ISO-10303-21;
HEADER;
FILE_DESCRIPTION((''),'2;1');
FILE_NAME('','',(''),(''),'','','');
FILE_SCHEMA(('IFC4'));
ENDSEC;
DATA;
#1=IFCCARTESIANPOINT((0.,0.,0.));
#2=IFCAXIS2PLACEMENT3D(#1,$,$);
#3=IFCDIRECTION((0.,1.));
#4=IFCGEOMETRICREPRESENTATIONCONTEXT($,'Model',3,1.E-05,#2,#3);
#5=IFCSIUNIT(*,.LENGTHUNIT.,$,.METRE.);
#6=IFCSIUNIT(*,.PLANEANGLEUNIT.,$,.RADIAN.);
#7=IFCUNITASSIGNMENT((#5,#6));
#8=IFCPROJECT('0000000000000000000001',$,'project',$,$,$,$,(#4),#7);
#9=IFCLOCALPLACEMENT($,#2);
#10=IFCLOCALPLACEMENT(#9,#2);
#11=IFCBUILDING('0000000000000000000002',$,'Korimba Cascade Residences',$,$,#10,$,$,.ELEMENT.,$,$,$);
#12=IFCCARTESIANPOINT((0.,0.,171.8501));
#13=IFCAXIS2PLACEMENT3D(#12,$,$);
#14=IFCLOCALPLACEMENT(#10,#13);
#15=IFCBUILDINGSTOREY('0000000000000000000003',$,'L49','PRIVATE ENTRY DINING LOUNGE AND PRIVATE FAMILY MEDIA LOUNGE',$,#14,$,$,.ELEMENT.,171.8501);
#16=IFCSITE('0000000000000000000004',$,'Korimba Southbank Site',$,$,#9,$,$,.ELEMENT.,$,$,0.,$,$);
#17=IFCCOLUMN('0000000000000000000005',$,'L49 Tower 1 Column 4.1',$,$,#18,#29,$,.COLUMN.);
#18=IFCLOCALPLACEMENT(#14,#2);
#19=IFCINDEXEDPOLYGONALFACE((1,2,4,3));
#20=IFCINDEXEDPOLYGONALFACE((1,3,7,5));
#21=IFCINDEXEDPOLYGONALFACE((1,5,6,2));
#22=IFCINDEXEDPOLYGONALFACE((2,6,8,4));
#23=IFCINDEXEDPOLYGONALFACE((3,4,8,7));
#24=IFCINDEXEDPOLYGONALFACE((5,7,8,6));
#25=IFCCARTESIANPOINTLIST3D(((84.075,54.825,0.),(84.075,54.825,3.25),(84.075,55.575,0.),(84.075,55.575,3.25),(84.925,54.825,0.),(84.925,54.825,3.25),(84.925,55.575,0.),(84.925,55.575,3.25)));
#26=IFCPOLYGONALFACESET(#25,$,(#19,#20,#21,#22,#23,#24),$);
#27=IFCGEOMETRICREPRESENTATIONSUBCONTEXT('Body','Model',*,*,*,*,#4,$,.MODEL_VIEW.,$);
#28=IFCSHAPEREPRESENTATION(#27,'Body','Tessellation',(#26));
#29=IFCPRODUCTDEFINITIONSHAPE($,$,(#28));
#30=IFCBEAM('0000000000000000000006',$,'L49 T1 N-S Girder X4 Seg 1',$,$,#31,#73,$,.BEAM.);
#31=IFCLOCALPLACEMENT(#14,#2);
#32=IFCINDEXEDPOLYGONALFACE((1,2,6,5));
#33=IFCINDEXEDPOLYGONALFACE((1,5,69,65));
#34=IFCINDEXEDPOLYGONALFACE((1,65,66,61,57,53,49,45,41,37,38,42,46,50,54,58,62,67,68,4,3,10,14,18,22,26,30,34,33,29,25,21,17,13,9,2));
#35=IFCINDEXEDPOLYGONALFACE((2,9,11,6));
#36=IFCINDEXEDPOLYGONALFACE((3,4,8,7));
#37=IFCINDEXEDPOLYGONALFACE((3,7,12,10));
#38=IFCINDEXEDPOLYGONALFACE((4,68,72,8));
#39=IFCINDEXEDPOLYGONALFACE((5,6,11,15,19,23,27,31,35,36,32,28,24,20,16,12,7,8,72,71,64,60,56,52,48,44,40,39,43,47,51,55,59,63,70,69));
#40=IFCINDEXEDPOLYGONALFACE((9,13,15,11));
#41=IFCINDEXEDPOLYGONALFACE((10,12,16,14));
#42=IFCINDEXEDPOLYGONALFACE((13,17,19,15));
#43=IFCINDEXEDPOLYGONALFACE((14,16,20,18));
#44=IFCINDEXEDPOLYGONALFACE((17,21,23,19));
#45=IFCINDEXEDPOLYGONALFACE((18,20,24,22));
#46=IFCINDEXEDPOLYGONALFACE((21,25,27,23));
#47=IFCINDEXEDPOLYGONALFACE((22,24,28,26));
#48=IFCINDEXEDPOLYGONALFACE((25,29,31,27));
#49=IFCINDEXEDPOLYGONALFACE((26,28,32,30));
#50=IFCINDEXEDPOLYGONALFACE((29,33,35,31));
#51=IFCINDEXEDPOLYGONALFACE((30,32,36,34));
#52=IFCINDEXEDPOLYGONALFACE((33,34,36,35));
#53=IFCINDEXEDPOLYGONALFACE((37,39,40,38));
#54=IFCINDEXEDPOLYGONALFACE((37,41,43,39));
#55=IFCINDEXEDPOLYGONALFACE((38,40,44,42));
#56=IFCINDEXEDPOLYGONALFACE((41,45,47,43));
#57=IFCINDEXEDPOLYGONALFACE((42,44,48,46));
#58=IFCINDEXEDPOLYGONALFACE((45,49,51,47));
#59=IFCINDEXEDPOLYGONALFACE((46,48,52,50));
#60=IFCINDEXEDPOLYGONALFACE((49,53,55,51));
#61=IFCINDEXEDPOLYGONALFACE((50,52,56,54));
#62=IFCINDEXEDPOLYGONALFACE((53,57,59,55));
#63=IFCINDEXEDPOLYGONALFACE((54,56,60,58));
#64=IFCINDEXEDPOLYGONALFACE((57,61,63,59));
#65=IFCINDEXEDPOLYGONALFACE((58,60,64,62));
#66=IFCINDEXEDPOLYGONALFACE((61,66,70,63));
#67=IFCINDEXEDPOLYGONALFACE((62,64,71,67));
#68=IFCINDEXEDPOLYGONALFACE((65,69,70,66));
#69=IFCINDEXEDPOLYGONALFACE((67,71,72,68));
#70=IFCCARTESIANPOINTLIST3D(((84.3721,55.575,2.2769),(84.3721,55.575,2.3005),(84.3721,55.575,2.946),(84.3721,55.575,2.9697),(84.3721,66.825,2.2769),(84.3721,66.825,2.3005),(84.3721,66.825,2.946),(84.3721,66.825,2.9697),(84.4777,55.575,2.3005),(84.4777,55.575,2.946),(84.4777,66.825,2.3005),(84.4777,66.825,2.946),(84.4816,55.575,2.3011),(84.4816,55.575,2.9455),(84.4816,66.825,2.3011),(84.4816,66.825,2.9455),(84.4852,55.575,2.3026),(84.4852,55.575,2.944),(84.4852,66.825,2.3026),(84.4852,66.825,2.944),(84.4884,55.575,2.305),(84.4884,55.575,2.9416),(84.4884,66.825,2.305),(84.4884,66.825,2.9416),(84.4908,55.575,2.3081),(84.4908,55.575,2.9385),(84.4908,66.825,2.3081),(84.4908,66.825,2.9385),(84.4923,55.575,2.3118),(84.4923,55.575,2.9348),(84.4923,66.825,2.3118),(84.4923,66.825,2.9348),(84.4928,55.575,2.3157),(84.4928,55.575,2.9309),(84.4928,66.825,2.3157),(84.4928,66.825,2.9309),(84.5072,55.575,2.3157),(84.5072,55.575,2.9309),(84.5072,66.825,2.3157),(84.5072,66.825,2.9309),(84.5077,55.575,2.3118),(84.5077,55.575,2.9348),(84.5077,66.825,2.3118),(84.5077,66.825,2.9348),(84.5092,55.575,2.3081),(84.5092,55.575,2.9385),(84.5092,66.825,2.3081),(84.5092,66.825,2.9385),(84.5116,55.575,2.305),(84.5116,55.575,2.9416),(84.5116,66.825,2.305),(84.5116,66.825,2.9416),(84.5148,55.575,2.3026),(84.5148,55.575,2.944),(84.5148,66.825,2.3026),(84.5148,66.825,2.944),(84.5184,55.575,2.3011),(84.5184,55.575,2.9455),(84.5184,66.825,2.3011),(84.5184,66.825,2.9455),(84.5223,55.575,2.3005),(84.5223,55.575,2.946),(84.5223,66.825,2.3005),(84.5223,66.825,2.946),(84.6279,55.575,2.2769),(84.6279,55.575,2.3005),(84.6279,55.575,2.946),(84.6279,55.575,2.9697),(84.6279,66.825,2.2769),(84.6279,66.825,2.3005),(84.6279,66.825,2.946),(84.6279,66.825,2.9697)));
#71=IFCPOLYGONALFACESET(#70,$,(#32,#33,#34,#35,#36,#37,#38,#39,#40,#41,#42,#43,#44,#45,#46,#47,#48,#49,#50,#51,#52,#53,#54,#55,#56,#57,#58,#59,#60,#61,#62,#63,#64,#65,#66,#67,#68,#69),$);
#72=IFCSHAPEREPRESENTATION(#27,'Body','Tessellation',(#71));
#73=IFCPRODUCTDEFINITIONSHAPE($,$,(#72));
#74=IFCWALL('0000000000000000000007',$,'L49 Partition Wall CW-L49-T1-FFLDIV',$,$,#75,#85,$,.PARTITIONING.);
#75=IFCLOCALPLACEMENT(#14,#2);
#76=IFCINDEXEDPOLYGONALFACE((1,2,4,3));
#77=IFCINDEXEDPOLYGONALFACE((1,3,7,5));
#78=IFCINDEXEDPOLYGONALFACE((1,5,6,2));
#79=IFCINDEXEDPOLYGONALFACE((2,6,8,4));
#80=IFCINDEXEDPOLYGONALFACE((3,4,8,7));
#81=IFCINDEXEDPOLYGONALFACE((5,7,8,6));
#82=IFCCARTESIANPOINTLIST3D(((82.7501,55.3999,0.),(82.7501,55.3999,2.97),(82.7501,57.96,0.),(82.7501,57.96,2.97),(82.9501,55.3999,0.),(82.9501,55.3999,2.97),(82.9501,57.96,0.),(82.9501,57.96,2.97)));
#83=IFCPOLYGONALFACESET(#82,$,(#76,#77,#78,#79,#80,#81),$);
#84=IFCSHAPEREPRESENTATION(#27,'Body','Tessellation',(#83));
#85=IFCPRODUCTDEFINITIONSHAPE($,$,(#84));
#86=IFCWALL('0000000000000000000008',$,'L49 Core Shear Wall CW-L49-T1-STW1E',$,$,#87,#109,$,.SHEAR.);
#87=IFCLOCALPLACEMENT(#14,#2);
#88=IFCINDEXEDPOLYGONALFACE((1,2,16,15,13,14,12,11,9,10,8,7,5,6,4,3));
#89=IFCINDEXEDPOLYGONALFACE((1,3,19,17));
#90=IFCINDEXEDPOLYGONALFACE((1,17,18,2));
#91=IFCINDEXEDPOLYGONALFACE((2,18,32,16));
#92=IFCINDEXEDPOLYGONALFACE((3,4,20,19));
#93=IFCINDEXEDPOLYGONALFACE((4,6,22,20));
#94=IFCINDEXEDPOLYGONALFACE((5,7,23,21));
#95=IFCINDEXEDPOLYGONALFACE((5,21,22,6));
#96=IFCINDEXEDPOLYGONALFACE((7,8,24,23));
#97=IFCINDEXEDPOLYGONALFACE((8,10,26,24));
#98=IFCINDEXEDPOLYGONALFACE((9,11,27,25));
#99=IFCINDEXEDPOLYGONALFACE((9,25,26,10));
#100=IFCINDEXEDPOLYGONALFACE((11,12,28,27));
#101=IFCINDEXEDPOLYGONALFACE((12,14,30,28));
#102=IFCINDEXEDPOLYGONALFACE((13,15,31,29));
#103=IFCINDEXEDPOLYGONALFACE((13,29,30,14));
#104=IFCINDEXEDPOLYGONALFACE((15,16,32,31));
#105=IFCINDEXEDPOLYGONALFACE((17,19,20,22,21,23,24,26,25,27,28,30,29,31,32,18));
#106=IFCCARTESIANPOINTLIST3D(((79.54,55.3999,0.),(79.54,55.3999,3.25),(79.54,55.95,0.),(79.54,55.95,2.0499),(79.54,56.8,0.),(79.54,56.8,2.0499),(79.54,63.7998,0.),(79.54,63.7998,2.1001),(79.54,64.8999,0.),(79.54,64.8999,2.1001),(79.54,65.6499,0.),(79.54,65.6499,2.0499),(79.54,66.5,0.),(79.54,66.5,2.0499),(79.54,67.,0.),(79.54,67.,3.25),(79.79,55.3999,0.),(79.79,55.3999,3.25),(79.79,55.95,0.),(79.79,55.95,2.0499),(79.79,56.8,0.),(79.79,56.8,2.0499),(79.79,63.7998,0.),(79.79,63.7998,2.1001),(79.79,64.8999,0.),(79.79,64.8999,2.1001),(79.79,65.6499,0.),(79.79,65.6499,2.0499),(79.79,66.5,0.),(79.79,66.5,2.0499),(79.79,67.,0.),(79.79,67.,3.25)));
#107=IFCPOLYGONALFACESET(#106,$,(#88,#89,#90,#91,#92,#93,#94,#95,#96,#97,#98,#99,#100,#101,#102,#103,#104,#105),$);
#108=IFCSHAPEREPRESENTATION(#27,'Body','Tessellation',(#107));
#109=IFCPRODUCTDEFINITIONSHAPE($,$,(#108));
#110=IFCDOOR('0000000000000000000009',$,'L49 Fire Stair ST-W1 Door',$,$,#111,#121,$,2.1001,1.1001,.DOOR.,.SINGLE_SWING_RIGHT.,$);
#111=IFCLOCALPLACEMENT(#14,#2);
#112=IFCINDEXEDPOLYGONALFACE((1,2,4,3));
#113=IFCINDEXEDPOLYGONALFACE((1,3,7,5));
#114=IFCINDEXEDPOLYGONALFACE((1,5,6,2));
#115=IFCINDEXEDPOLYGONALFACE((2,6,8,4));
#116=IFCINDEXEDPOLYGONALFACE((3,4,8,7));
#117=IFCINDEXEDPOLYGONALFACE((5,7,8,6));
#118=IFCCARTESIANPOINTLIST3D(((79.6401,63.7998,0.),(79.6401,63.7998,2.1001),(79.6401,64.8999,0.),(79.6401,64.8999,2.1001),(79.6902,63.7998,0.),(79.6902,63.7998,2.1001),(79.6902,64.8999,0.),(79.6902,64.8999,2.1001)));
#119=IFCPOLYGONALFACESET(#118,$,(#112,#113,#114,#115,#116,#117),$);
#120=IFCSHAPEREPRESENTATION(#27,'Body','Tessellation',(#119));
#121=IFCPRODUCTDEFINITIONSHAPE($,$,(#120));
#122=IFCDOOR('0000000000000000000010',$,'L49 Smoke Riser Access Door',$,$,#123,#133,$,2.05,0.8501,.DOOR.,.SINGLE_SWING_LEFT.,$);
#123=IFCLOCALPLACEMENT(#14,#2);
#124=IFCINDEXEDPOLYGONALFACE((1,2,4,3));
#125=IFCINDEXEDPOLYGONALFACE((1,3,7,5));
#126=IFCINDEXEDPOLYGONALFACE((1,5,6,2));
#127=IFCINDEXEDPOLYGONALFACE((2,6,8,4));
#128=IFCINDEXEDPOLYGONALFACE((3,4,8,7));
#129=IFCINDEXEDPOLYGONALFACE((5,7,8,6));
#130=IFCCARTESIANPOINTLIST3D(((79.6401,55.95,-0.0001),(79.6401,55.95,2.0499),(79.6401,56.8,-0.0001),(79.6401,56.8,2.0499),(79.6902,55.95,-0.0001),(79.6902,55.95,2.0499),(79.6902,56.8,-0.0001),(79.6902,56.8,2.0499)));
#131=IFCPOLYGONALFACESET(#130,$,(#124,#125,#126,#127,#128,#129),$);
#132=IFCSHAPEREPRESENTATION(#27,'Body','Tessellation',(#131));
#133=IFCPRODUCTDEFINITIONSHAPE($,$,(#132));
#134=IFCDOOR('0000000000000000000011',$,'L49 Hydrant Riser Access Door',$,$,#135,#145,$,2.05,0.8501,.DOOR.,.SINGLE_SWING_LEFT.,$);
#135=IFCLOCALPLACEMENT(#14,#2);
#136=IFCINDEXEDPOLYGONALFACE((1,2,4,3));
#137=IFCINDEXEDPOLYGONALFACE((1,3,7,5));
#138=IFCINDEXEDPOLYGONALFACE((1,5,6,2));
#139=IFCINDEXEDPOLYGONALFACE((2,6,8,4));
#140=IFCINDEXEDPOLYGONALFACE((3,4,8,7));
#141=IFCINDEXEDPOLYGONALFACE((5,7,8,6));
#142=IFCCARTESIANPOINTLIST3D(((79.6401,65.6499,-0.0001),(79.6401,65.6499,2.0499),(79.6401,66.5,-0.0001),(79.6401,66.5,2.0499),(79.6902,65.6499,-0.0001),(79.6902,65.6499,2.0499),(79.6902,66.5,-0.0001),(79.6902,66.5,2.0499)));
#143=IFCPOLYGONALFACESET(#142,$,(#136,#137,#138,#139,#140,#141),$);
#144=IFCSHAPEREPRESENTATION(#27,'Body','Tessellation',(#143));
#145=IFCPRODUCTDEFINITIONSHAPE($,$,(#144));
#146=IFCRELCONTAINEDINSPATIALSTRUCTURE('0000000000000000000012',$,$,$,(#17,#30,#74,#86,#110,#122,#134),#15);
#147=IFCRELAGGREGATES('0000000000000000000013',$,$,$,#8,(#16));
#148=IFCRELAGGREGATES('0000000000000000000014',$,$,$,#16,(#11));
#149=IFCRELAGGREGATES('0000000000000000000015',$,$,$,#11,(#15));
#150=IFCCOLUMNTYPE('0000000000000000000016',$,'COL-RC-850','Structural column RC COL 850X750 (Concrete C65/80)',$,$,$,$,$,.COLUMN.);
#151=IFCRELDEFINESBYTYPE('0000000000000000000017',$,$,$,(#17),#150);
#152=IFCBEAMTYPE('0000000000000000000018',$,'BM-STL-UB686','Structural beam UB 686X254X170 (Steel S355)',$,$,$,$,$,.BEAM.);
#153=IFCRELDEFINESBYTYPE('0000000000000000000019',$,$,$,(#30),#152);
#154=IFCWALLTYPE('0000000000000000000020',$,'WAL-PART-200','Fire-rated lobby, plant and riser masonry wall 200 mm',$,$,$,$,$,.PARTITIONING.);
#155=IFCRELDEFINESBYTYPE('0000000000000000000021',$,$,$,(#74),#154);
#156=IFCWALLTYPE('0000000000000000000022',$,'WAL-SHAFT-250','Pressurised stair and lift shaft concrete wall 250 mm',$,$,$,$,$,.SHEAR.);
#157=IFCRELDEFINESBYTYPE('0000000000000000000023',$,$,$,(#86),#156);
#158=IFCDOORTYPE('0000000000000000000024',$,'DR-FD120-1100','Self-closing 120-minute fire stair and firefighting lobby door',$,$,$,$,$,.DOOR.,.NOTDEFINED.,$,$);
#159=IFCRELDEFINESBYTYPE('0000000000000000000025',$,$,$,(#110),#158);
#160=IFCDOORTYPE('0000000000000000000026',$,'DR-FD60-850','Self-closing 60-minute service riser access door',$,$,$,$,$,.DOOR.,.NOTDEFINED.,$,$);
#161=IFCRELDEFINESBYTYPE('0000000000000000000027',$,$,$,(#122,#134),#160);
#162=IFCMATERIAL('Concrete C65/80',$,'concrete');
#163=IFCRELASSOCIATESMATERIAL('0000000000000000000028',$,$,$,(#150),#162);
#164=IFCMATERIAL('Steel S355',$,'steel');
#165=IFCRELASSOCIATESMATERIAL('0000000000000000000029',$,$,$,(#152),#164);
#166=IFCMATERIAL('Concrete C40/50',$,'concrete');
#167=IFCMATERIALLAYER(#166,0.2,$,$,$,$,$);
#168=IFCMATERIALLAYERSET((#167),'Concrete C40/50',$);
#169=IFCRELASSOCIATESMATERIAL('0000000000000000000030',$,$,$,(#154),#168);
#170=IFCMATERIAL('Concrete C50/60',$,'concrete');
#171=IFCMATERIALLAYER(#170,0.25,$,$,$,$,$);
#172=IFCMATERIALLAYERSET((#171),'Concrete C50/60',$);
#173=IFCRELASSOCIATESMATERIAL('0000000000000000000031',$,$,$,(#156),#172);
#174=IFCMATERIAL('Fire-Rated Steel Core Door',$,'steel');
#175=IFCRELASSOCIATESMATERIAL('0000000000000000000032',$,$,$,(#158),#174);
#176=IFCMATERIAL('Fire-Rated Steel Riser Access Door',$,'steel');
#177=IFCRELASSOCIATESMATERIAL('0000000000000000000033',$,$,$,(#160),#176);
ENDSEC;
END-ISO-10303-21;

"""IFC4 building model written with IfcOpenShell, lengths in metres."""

from ifc_helpers import new_model, si_unit, direction, frame, frame_2d, origin, origin_2d, place, context, subcontext, project, spatial, rectangle, i_section, extrude, material, layer, layer_set, material_profile, profile_set, type_object, element, fill, save


model = new_model("IFC4")

# Units and contexts
model_context = context("Model", 3, precision=1e-05, world=origin(), true_north=direction((0.0, 1.0)))
body_context = subcontext(model_context, "Body", "Model", "MODEL_VIEW")
ifc_project = project(units=[si_unit("LENGTHUNIT", "METRE"), si_unit("PLANEANGLEUNIT", "RADIAN")], contexts=[model_context])

# Site, building, storey
site_placement = place(None, origin())
site = spatial("IfcSite", under=ifc_project, at=site_placement, Name="Korimba Southbank Site", CompositionType="ELEMENT", RefElevation=0.0)
building_placement = place(site_placement, origin())
building = spatial("IfcBuilding", under=site, at=building_placement, Name="Korimba Cascade Residences", CompositionType="ELEMENT")
storey_placement = place(building_placement, frame((0.0, 0.0, 171.8501)))
storey = spatial("IfcBuildingStorey", under=building, at=storey_placement, Name="L49", Description="PRIVATE ENTRY DINING LOUNGE AND PRIVATE FAMILY MEDIA LOUNGE", CompositionType="ELEMENT", Elevation=171.8501)

# Column
ifc_material_1 = material(Name="Concrete C65/80", Category="concrete")
ifc_material_profile_1 = material_profile(ifc_material_1, rectangle(XDim=0.8501, YDim=0.75, at=origin_2d()), Name="Concrete C65/80")
ifc_profile_set_1 = profile_set([ifc_material_profile_1], Name="Concrete C65/80")
column_type = type_object("IfcColumnType", Name="COL-RC-850", Description="Structural column RC COL 850X750 (Concrete C65/80)", PredefinedType="COLUMN", material=ifc_profile_set_1)
column_placement = place(storey_placement, frame((84.5, 55.2, 0.0), z_axis=(0.0, 0.0, 1.0), x_axis=(1.0, 0.0, 0.0)))
element("IfcColumn", 1, at=column_placement, inside=storey, type_object=column_type, Name="L49 Tower 1 Column 4.1", PredefinedType="COLUMN", context=body_context, shape_type="SweptSolid", body=[
    extrude(rectangle(XDim=0.8501, YDim=0.75, at=origin_2d()), origin(), (0.0, 0.0, 1.0), 3.25),
])

# Beam
ifc_material_2 = material(Name="Steel S355", Category="steel")
ifc_material_profile_2 = material_profile(ifc_material_2, i_section(OverallWidth=0.2559, OverallDepth=0.6929, WebThickness=0.0144, FlangeThickness=0.0237, FilletRadius=0.0151, at=origin_2d()), Name="Steel S355")
ifc_profile_set_2 = profile_set([ifc_material_profile_2], Name="Steel S355")
beam_type = type_object("IfcBeamType", Name="BM-STL-UB686", Description="Structural beam UB 686X254X170 (Steel S355)", PredefinedType="BEAM", material=ifc_profile_set_2)
beam_placement = place(storey_placement, frame((84.5, 55.575, 2.6233), z_axis=(0.0, 1.0, 0.0), x_axis=(-1.0, 0.0, 0.0)))
element("IfcBeam", 2, at=beam_placement, inside=storey, type_object=beam_type, Name="L49 T1 N-S Girder X4 Seg 1", PredefinedType="BEAM", context=body_context, shape_type="SweptSolid", body=[
    extrude(i_section(OverallWidth=0.2559, OverallDepth=0.6929, WebThickness=0.0144, FlangeThickness=0.0237, FilletRadius=0.0151, at=origin_2d()), origin(), (0.0, 0.0, 1.0), 11.25),
])

# Wall
ifc_material_3 = material(Name="Concrete C40/50", Category="concrete")
ifc_layer_1 = layer(ifc_material_3, 0.2)
ifc_layer_set_1 = layer_set([ifc_layer_1], Name="Concrete C40/50")
wall_type_1 = type_object("IfcWallType", Name="WAL-PART-200", Description="Fire-rated lobby, plant and riser masonry wall 200 mm", PredefinedType="PARTITIONING", material=ifc_layer_set_1)
wall_1_placement = place(storey_placement, frame((82.8501, 55.3999, 0.0), z_axis=(0.0, 0.0, 1.0), x_axis=(0.0, 1.0, 0.0)))
element("IfcWall", 3, at=wall_1_placement, inside=storey, type_object=wall_type_1, Name="L49 Partition Wall CW-L49-T1-FFLDIV", PredefinedType="PARTITIONING", context=body_context, shape_type="SweptSolid", body=[
    extrude(rectangle(XDim=2.5601, YDim=0.2, at=frame_2d((1.28, 0.0))), origin(), (0.0, 0.0, 1.0), 2.97),
])

# Wall, openings, doors
ifc_material_4 = material(Name="Concrete C50/60", Category="concrete")
ifc_layer_2 = layer(ifc_material_4, 0.25)
ifc_layer_set_2 = layer_set([ifc_layer_2], Name="Concrete C50/60")
wall_type_2 = type_object("IfcWallType", Name="WAL-SHAFT-250", Description="Pressurised stair and lift shaft concrete wall 250 mm", PredefinedType="SHEAR", material=ifc_layer_set_2)
wall_2_placement = place(storey_placement, frame((79.665, 55.3999, 0.0), z_axis=(0.0, 0.0, 1.0), x_axis=(0.0, 1.0, 0.0)))
wall_2 = element("IfcWall", 4, at=wall_2_placement, inside=storey, type_object=wall_type_2, Name="L49 Core Shear Wall CW-L49-T1-STW1E", PredefinedType="SHEAR", context=body_context, shape_type="SweptSolid", body=[
    extrude(rectangle(XDim=11.6001, YDim=0.25, at=frame_2d((5.8, 0.0))), origin(), (0.0, 0.0, 1.0), 3.25),
])
opening_1_placement = place(wall_2_placement, frame((0.55, 0.0, 0.0)))
opening_1 = element("IfcOpeningElement", 5, at=opening_1_placement, cuts=wall_2, PredefinedType="OPENING", context=body_context, shape_type="SweptSolid", body=[
    extrude(rectangle(XDim=0.8501, YDim=2.05, at=frame_2d((0.425, 1.0249))), frame((0.0, 0.135, 0.0), z_axis=(0.0, -1.0, 0.0), x_axis=(1.0, 0.0, 0.0)), (0.0, 0.0, 1.0), 0.27),
])
opening_2_placement = place(wall_2_placement, frame((8.3999, 0.0, 0.0)))
opening_2 = element("IfcOpeningElement", 6, at=opening_2_placement, cuts=wall_2, PredefinedType="OPENING", context=body_context, shape_type="SweptSolid", body=[
    extrude(rectangle(XDim=1.1001, YDim=2.1001, at=frame_2d((0.55, 1.05))), frame((0.0, 0.135, 0.0), z_axis=(0.0, -1.0, 0.0), x_axis=(1.0, 0.0, 0.0)), (0.0, 0.0, 1.0), 0.27),
])
opening_3_placement = place(wall_2_placement, frame((10.25, 0.0, 0.0)))
opening_3 = element("IfcOpeningElement", 7, at=opening_3_placement, cuts=wall_2, PredefinedType="OPENING", context=body_context, shape_type="SweptSolid", body=[
    extrude(rectangle(XDim=0.8501, YDim=2.05, at=frame_2d((0.425, 1.0249))), frame((0.0, 0.135, 0.0), z_axis=(0.0, -1.0, 0.0), x_axis=(1.0, 0.0, 0.0)), (0.0, 0.0, 1.0), 0.27),
])
ifc_material_5 = material(Name="Fire-Rated Steel Core Door", Category="steel")
door_type_1 = type_object("IfcDoorType", Name="DR-FD120-1100", Description="Self-closing 120-minute fire stair and firefighting lobby door", OperationType="NOTDEFINED", PredefinedType="DOOR", material=ifc_material_5)
door_1_placement = place(opening_2_placement, origin())
door_1 = element("IfcDoor", 8, at=door_1_placement, inside=storey, type_object=door_type_1, Name="L49 Fire Stair ST-W1 Door", OperationType="SINGLE_SWING_RIGHT", OverallHeight=2.1001, OverallWidth=1.1001, PredefinedType="DOOR", context=body_context, shape_type="SweptSolid", body=[
    extrude(rectangle(XDim=1.1001, YDim=2.1001, at=frame_2d((0.55, 1.05))), frame((0.0, 0.0249, 0.0), z_axis=(0.0, -1.0, 0.0), x_axis=(1.0, 0.0, 0.0)), (0.0, 0.0, 1.0), 0.05),
])
fill(opening_2, door_1)
ifc_material_6 = material(Name="Fire-Rated Steel Riser Access Door", Category="steel")
door_type_2 = type_object("IfcDoorType", Name="DR-FD60-850", Description="Self-closing 60-minute service riser access door", OperationType="NOTDEFINED", PredefinedType="DOOR", material=ifc_material_6)
door_2_placement = place(opening_1_placement, origin())
door_2 = element("IfcDoor", 9, at=door_2_placement, inside=storey, type_object=door_type_2, Name="L49 Smoke Riser Access Door", OperationType="SINGLE_SWING_LEFT", OverallHeight=2.05, OverallWidth=0.8501, PredefinedType="DOOR", context=body_context, shape_type="SweptSolid", body=[
    extrude(rectangle(XDim=0.8501, YDim=2.05, at=frame_2d((0.425, 1.0249))), frame((0.0, 0.0249, 0.0), z_axis=(0.0, -1.0, 0.0), x_axis=(1.0, 0.0, 0.0)), (0.0, 0.0, 1.0), 0.05),
])
fill(opening_1, door_2)
door_3_placement = place(opening_3_placement, origin())
door_3 = element("IfcDoor", 10, at=door_3_placement, inside=storey, type_object=door_type_2, Name="L49 Hydrant Riser Access Door", OperationType="SINGLE_SWING_LEFT", OverallHeight=2.05, OverallWidth=0.8501, PredefinedType="DOOR", context=body_context, shape_type="SweptSolid", body=[
    extrude(rectangle(XDim=0.8501, YDim=2.05, at=frame_2d((0.425, 1.0249))), frame((0.0, 0.0249, 0.0), z_axis=(0.0, -1.0, 0.0), x_axis=(1.0, 0.0, 0.0)), (0.0, 0.0, 1.0), 0.05),
])
fill(opening_3, door_3)

save(model, "model.ifc")
